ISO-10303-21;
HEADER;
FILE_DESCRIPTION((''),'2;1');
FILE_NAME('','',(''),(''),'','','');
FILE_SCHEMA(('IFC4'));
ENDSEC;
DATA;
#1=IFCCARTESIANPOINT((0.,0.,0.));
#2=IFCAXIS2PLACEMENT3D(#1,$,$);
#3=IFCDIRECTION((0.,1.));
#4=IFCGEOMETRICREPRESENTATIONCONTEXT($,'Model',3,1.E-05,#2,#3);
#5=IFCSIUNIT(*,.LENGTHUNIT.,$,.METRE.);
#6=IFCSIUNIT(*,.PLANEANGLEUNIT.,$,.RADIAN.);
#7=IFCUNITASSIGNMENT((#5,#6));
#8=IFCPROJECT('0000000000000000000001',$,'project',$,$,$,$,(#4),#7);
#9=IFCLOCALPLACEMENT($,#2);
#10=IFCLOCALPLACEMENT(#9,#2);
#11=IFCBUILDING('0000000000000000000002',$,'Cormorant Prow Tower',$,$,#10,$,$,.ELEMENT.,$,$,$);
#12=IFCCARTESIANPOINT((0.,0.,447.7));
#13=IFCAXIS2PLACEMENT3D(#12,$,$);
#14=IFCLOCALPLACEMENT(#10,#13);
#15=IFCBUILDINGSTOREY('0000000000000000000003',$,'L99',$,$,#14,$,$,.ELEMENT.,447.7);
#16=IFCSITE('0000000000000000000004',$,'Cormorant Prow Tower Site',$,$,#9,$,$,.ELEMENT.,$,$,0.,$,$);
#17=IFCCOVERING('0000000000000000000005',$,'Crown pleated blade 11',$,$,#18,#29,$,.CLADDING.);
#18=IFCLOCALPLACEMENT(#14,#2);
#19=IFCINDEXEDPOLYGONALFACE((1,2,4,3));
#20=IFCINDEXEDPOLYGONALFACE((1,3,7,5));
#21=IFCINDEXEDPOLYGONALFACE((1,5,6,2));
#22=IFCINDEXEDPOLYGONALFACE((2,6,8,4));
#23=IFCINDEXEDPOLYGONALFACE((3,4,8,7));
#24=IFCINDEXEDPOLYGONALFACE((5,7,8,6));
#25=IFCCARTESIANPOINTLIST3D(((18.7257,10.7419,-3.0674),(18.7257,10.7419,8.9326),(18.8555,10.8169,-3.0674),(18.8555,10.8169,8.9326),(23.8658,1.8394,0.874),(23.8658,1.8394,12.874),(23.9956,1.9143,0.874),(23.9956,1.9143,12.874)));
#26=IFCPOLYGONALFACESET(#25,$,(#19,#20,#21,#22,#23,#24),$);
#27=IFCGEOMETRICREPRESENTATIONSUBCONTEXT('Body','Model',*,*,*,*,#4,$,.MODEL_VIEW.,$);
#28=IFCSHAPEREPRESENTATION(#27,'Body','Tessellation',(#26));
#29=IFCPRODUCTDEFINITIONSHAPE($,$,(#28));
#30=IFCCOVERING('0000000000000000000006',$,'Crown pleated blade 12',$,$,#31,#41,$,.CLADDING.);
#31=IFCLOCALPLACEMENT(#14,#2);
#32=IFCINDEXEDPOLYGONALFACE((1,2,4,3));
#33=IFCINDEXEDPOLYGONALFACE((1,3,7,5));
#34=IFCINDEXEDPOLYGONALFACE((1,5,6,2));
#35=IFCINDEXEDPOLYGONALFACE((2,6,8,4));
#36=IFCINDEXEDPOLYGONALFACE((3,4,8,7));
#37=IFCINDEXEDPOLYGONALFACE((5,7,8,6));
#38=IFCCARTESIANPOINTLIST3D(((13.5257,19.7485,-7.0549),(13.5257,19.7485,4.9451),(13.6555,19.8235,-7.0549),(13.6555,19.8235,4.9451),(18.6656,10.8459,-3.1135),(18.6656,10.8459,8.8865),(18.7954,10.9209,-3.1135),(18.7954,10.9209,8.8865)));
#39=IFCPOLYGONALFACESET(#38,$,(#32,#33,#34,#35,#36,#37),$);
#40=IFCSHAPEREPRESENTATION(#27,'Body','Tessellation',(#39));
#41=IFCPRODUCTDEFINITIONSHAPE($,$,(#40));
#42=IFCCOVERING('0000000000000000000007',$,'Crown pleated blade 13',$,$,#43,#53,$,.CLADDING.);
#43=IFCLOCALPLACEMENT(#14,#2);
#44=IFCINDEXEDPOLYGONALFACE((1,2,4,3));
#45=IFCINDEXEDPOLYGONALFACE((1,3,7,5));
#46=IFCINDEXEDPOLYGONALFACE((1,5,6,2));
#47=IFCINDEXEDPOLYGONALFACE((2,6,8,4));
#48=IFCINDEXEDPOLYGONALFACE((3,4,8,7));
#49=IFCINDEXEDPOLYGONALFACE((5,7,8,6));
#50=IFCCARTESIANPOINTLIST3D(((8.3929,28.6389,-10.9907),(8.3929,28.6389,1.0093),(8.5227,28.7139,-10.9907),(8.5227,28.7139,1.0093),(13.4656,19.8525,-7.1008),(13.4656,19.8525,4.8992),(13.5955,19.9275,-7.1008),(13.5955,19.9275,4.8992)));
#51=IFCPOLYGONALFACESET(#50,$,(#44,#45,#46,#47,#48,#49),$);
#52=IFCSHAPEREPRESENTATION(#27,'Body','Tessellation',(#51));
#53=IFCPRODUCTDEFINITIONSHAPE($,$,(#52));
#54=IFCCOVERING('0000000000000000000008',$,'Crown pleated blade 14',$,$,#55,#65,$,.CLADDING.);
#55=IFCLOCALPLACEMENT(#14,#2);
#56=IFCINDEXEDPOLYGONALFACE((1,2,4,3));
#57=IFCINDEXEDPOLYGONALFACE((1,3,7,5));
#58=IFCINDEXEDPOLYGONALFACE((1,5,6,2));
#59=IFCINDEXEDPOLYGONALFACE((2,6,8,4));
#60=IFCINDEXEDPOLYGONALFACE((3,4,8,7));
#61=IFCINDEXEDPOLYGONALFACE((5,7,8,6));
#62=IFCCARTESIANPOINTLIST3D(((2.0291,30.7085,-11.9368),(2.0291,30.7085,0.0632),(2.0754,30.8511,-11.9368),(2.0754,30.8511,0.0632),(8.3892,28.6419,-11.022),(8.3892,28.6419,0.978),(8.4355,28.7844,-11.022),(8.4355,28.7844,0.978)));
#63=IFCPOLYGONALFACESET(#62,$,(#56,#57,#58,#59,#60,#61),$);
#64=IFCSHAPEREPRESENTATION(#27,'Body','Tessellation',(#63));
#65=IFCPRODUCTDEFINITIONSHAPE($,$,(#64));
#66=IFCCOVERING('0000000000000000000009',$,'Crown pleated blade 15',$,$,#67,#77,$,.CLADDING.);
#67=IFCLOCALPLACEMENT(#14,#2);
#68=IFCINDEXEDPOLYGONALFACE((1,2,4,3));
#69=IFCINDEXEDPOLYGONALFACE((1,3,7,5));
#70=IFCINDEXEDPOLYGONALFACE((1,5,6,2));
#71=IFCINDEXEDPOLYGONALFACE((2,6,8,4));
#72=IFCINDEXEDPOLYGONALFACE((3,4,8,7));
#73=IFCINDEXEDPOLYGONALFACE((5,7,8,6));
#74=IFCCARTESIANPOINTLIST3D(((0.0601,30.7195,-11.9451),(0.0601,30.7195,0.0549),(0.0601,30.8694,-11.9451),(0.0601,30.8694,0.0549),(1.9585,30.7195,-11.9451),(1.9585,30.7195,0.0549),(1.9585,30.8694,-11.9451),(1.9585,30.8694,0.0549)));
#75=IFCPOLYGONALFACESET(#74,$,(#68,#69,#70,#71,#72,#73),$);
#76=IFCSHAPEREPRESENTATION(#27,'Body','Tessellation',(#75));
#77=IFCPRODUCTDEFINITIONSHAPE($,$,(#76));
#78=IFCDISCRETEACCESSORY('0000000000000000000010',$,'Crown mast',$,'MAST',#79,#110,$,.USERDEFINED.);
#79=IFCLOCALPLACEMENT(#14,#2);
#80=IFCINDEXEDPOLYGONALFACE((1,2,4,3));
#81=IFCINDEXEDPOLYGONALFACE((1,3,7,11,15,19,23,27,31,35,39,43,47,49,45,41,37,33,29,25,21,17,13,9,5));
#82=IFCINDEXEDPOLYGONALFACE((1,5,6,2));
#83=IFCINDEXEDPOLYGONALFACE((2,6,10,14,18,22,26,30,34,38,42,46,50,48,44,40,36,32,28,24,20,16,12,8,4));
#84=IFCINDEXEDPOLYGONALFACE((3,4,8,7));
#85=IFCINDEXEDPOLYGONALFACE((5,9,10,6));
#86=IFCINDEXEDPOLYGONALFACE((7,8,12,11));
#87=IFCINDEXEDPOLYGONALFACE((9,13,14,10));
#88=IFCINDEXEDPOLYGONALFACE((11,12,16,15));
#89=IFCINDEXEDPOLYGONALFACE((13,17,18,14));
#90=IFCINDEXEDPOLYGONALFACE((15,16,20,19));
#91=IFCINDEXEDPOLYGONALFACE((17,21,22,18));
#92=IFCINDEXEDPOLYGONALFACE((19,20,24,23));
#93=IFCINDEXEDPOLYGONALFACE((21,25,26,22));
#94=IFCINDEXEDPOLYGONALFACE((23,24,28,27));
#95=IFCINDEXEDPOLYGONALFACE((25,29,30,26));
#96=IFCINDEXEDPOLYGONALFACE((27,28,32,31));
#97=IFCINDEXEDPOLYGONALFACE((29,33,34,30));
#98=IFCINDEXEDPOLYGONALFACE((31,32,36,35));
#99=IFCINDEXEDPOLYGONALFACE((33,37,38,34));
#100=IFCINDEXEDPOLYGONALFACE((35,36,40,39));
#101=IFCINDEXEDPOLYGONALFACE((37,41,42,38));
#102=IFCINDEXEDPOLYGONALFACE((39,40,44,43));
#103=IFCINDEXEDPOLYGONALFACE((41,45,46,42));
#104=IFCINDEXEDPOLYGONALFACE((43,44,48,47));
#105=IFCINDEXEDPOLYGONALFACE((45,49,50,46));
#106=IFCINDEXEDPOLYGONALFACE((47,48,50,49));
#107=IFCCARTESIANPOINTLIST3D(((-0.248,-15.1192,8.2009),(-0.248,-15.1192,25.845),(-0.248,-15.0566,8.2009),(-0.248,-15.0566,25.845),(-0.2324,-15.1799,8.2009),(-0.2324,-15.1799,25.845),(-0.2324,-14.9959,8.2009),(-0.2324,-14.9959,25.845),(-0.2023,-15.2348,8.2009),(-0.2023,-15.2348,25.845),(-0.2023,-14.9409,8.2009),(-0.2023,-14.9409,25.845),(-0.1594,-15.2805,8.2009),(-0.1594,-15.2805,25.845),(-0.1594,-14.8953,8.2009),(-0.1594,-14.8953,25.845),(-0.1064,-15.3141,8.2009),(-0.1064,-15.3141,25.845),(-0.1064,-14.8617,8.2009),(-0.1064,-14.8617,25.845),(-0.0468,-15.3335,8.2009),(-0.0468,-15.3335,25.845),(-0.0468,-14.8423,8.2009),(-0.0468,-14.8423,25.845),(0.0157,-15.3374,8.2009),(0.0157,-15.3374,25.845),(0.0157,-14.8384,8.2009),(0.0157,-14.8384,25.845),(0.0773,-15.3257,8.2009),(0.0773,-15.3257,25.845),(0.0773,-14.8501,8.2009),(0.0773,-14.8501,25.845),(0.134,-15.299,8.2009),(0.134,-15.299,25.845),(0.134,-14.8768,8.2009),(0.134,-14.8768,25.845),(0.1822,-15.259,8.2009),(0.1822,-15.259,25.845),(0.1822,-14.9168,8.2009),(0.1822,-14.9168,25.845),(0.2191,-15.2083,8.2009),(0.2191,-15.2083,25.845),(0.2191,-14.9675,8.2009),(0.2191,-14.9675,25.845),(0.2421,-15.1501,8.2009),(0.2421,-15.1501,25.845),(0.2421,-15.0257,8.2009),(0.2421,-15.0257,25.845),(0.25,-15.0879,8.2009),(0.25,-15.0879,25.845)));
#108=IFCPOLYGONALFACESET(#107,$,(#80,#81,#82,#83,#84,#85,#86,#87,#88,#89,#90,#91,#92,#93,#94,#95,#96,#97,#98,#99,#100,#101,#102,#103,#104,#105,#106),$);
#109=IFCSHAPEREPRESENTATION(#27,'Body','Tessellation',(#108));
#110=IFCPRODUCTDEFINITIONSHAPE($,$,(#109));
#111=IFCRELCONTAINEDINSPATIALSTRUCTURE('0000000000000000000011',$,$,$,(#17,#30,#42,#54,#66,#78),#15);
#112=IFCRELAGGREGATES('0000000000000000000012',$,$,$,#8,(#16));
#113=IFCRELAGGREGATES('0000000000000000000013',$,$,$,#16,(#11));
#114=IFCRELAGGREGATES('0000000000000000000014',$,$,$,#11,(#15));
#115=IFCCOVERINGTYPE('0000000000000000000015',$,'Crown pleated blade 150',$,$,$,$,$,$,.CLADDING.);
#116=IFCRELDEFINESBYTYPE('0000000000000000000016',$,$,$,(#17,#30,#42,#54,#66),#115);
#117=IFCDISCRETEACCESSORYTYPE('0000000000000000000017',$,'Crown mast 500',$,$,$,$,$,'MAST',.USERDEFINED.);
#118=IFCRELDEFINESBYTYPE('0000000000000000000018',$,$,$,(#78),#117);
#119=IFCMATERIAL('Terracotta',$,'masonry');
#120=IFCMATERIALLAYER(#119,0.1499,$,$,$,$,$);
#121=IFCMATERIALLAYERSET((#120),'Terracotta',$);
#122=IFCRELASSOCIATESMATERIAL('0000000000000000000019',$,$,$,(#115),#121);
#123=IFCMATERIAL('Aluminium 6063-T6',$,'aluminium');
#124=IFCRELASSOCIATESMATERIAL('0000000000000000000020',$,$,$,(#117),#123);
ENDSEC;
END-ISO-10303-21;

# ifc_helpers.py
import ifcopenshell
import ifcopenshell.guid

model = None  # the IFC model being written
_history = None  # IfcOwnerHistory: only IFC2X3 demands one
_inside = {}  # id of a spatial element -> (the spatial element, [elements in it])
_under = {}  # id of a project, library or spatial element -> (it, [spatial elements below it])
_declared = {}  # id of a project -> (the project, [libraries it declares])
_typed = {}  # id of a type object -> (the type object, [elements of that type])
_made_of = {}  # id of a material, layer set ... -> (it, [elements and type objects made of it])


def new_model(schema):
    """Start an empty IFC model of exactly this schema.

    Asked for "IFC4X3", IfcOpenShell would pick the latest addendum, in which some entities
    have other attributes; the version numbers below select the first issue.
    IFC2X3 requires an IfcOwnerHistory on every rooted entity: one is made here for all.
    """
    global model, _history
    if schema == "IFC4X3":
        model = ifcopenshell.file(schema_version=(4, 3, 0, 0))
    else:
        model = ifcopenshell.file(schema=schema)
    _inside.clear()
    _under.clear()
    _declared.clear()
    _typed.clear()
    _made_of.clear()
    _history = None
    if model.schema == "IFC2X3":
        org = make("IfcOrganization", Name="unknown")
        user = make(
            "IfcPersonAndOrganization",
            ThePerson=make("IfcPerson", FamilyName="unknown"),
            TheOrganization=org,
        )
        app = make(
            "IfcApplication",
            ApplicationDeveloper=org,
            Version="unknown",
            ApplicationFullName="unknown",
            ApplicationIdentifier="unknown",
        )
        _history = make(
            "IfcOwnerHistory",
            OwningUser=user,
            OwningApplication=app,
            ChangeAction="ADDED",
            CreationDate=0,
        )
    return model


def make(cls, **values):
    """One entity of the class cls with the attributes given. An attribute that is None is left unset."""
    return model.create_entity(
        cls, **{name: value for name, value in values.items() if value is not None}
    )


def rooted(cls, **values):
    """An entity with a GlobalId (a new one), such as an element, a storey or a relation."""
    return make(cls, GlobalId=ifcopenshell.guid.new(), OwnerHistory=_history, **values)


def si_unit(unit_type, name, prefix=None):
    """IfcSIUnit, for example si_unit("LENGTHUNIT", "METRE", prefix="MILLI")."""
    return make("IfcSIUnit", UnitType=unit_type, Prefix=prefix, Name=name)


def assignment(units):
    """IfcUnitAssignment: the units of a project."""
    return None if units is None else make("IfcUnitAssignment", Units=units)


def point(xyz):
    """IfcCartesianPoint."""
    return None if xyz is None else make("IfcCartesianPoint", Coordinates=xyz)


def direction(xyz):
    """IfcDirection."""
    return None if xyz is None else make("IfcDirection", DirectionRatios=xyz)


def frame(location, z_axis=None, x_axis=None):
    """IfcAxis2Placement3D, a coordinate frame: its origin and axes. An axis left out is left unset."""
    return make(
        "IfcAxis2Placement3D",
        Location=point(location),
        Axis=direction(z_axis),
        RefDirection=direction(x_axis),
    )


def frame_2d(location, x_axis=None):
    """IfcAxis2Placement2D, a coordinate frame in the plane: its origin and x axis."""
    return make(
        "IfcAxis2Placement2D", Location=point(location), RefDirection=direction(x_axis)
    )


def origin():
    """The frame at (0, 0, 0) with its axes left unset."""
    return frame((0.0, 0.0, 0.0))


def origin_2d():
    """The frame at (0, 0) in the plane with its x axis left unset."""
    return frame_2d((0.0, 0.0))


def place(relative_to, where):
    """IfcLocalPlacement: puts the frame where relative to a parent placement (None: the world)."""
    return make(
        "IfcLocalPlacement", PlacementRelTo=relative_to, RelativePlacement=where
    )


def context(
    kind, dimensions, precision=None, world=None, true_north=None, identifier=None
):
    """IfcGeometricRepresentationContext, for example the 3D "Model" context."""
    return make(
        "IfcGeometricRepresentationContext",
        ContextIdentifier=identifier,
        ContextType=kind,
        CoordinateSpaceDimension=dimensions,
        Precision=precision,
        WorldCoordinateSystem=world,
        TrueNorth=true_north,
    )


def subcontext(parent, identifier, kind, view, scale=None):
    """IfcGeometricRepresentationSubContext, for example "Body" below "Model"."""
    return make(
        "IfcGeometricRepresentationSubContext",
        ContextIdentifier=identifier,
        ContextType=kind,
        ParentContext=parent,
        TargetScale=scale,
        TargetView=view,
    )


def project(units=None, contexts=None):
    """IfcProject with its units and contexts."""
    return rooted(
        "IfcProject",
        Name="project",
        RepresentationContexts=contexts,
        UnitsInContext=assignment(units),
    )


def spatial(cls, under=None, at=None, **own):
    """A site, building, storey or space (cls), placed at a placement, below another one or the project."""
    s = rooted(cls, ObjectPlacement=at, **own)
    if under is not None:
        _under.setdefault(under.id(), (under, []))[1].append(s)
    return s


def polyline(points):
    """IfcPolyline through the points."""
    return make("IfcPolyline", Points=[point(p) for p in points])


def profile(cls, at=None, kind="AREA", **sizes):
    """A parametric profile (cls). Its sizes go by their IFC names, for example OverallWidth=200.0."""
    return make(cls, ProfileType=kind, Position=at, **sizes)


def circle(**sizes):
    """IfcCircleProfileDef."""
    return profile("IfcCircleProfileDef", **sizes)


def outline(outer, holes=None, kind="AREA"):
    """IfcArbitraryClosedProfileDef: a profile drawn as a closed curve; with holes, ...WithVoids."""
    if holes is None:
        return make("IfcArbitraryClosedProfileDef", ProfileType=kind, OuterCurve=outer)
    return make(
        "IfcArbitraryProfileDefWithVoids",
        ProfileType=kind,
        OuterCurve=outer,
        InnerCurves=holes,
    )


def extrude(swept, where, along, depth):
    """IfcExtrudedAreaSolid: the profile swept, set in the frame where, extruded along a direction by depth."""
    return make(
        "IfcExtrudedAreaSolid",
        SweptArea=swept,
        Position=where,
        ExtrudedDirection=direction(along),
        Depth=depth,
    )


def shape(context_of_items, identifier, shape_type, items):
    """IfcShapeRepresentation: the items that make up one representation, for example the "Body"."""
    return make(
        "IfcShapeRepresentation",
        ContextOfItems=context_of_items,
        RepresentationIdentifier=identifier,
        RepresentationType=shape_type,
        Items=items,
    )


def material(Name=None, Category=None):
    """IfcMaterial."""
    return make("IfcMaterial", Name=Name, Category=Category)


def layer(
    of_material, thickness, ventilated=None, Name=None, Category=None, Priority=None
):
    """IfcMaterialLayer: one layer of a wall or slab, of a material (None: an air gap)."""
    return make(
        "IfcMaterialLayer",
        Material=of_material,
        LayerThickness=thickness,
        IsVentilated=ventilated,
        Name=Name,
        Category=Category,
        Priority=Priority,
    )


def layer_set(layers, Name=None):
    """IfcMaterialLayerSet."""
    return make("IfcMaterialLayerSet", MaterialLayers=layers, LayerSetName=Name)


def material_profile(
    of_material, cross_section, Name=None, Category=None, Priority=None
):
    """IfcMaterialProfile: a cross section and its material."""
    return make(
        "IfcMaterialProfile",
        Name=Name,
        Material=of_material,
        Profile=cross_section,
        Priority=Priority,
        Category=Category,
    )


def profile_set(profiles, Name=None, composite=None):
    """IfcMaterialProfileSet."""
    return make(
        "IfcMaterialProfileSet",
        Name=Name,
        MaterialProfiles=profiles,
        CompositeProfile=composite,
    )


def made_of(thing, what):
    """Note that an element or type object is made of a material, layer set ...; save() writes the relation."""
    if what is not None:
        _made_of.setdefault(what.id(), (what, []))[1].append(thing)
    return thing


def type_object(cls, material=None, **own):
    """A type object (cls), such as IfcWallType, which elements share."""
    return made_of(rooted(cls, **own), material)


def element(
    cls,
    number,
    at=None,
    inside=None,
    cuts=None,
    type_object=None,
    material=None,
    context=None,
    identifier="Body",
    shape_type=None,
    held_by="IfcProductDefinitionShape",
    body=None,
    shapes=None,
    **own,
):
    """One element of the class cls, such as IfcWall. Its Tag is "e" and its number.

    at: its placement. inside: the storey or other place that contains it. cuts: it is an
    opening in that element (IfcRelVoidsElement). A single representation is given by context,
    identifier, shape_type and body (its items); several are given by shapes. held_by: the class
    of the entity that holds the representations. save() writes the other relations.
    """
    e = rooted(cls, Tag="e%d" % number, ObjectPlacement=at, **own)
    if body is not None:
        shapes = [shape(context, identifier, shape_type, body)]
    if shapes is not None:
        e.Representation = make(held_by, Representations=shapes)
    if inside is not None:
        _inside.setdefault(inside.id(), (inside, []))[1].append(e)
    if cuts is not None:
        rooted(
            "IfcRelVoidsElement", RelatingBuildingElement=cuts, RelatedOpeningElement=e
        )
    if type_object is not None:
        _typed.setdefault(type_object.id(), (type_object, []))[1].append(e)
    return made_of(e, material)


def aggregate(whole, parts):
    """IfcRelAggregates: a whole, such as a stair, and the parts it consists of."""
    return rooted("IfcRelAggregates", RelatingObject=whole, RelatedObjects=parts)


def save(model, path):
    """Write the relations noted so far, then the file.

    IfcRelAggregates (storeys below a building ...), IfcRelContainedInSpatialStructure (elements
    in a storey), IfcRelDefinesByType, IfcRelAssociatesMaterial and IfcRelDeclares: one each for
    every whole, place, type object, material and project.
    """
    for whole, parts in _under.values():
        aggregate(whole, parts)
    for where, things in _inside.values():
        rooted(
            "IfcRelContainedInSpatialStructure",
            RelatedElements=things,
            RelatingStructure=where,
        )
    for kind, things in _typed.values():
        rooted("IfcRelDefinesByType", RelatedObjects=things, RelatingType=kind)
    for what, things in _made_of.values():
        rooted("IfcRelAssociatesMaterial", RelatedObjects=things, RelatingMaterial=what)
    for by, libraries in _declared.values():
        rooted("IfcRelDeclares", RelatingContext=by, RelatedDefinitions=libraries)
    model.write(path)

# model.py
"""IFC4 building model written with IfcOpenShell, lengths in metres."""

from ifc_helpers import new_model, si_unit, direction, frame, origin, origin_2d, place, context, subcontext, project, spatial, polyline, circle, outline, extrude, material, layer, layer_set, material_profile, profile_set, type_object, element, save


model = new_model("IFC4")

# Units and contexts
model_context = context("Model", 3, precision=1e-05, world=origin(), true_north=direction((0.0, 1.0)))
body_context = subcontext(model_context, "Body", "Model", "MODEL_VIEW")
ifc_project = project(units=[si_unit("LENGTHUNIT", "METRE"), si_unit("PLANEANGLEUNIT", "RADIAN")], contexts=[model_context])

# Site, building, storey
site_placement = place(None, origin())
site = spatial("IfcSite", under=ifc_project, at=site_placement, Name="Cormorant Prow Tower Site", CompositionType="ELEMENT", RefElevation=0.0)
building_placement = place(site_placement, origin())
building = spatial("IfcBuilding", under=site, at=building_placement, Name="Cormorant Prow Tower", CompositionType="ELEMENT")
storey_placement = place(building_placement, frame((0.0, 0.0, 447.7)))
storey = spatial("IfcBuildingStorey", under=building, at=storey_placement, Name="L99", CompositionType="ELEMENT", Elevation=447.7)

# Coverings
ifc_material_1 = material(Name="Terracotta", Category="masonry")
ifc_layer_1 = layer(ifc_material_1, 0.1499)
ifc_layer_set_1 = layer_set([ifc_layer_1], Name="Terracotta")
covering_type = type_object("IfcCoveringType", Name="Crown pleated blade 150", PredefinedType="CLADDING", material=ifc_layer_set_1)
covering_1_placement = place(storey_placement, frame((23.9956, 1.9143, 0.874), z_axis=(0.866016, 0.500016, 0.0), x_axis=(-0.466877, 0.808619, -0.357997)))
element("IfcCovering", 1, at=covering_1_placement, inside=storey, type_object=covering_type, Name="Crown pleated blade 11", PredefinedType="CLADDING", context=body_context, shape_type="SweptSolid", body=[
    extrude(outline(polyline([(0.0, 0.0), (11.0096, 0.0), (6.7137, 11.2047), (-4.296, 11.2047), (0.0, 0.0)])), origin(), (0.0, 0.0, -1.0), 0.1499),
])
covering_2_placement = place(storey_placement, frame((18.7954, 10.9209, -3.1135), z_axis=(0.866026, 0.499999, 0.0), x_axis=(-0.466859, 0.808627, -0.358)))
element("IfcCovering", 2, at=covering_2_placement, inside=storey, type_object=covering_type, Name="Crown pleated blade 12", PredefinedType="CLADDING", context=body_context, shape_type="SweptSolid", body=[
    extrude(outline(polyline([(0.0, 0.0), (11.0095, 0.0), (6.7135, 11.2047), (-4.296, 11.2047), (0.0, 0.0)])), origin(), (0.0, 0.0, -1.0), 0.1499),
])
covering_3_placement = place(storey_placement, frame((13.5955, 19.9275, -7.1008), z_axis=(0.866028, 0.499995, 0.0), x_axis=(-0.466857, 0.808631, -0.357996)))
element("IfcCovering", 3, at=covering_3_placement, inside=storey, type_object=covering_type, Name="Crown pleated blade 13", PredefinedType="CLADDING", context=body_context, shape_type="SweptSolid", body=[
    extrude(outline(polyline([(0.0, 0.0), (10.8657, 0.0), (6.5698, 11.2047), (-4.2959, 11.2047), (0.0, 0.0)])), origin(), (0.0, 0.0, -1.0), 0.1499),
])
covering_4_placement = place(storey_placement, frame((8.4355, 28.7844, -11.022), z_axis=(0.309034, 0.951051, 0.0), x_axis=(-0.942276, 0.306183, -0.135531)))
element("IfcCovering", 4, at=covering_4_placement, inside=storey, type_object=covering_type, Name="Crown pleated blade 14", PredefinedType="CLADDING", context=body_context, shape_type="SweptSolid", body=[
    extrude(outline(polyline([(0.0, 0.0), (6.7497, 0.0), (5.1234, 11.8893), (-1.6264, 11.8893), (0.0, 0.0)])), origin(), (0.0, 0.0, -1.0), 0.1499),
])
covering_5_placement = place(storey_placement, frame((1.9585, 30.8694, -11.9451), z_axis=(0.0, 1.0, 0.0), x_axis=(-1.0, 0.0, 0.0)))
element("IfcCovering", 5, at=covering_5_placement, inside=storey, type_object=covering_type, Name="Crown pleated blade 15", PredefinedType="CLADDING", context=body_context, shape_type="SweptSolid", body=[
    extrude(outline(polyline([(0.0, 0.0), (1.8984, 0.0), (1.8984, 12.0), (0.0, 12.0), (0.0, 0.0)])), origin(), (0.0, 0.0, -1.0), 0.1499),
])

# Discrete accessory
ifc_material_2 = material(Name="Aluminium 6063-T6", Category="aluminium")
ifc_material_profile_1 = material_profile(ifc_material_2, circle(Radius=0.25, at=origin_2d()), Name="Crown mast 500")
ifc_profile_set_1 = profile_set([ifc_material_profile_1], Name="Aluminium 6063-T6")
discrete_accessory_type = type_object("IfcDiscreteAccessoryType", Name="Crown mast 500", ElementType="MAST", PredefinedType="USERDEFINED", material=ifc_profile_set_1)
discrete_accessory_placement = place(storey_placement, frame((0.0, -15.0879, 8.2009), z_axis=(0.0, 0.0, 1.0), x_axis=(1.0, 0.0, 0.0)))
element("IfcDiscreteAccessory", 6, at=discrete_accessory_placement, inside=storey, type_object=discrete_accessory_type, Name="Crown mast", ObjectType="MAST", PredefinedType="USERDEFINED", context=body_context, shape_type="SweptSolid", body=[
    extrude(circle(Radius=0.25, at=origin_2d()), origin(), (0.0, 0.0, 1.0), 17.644),
])

save(model, "model.ifc")
